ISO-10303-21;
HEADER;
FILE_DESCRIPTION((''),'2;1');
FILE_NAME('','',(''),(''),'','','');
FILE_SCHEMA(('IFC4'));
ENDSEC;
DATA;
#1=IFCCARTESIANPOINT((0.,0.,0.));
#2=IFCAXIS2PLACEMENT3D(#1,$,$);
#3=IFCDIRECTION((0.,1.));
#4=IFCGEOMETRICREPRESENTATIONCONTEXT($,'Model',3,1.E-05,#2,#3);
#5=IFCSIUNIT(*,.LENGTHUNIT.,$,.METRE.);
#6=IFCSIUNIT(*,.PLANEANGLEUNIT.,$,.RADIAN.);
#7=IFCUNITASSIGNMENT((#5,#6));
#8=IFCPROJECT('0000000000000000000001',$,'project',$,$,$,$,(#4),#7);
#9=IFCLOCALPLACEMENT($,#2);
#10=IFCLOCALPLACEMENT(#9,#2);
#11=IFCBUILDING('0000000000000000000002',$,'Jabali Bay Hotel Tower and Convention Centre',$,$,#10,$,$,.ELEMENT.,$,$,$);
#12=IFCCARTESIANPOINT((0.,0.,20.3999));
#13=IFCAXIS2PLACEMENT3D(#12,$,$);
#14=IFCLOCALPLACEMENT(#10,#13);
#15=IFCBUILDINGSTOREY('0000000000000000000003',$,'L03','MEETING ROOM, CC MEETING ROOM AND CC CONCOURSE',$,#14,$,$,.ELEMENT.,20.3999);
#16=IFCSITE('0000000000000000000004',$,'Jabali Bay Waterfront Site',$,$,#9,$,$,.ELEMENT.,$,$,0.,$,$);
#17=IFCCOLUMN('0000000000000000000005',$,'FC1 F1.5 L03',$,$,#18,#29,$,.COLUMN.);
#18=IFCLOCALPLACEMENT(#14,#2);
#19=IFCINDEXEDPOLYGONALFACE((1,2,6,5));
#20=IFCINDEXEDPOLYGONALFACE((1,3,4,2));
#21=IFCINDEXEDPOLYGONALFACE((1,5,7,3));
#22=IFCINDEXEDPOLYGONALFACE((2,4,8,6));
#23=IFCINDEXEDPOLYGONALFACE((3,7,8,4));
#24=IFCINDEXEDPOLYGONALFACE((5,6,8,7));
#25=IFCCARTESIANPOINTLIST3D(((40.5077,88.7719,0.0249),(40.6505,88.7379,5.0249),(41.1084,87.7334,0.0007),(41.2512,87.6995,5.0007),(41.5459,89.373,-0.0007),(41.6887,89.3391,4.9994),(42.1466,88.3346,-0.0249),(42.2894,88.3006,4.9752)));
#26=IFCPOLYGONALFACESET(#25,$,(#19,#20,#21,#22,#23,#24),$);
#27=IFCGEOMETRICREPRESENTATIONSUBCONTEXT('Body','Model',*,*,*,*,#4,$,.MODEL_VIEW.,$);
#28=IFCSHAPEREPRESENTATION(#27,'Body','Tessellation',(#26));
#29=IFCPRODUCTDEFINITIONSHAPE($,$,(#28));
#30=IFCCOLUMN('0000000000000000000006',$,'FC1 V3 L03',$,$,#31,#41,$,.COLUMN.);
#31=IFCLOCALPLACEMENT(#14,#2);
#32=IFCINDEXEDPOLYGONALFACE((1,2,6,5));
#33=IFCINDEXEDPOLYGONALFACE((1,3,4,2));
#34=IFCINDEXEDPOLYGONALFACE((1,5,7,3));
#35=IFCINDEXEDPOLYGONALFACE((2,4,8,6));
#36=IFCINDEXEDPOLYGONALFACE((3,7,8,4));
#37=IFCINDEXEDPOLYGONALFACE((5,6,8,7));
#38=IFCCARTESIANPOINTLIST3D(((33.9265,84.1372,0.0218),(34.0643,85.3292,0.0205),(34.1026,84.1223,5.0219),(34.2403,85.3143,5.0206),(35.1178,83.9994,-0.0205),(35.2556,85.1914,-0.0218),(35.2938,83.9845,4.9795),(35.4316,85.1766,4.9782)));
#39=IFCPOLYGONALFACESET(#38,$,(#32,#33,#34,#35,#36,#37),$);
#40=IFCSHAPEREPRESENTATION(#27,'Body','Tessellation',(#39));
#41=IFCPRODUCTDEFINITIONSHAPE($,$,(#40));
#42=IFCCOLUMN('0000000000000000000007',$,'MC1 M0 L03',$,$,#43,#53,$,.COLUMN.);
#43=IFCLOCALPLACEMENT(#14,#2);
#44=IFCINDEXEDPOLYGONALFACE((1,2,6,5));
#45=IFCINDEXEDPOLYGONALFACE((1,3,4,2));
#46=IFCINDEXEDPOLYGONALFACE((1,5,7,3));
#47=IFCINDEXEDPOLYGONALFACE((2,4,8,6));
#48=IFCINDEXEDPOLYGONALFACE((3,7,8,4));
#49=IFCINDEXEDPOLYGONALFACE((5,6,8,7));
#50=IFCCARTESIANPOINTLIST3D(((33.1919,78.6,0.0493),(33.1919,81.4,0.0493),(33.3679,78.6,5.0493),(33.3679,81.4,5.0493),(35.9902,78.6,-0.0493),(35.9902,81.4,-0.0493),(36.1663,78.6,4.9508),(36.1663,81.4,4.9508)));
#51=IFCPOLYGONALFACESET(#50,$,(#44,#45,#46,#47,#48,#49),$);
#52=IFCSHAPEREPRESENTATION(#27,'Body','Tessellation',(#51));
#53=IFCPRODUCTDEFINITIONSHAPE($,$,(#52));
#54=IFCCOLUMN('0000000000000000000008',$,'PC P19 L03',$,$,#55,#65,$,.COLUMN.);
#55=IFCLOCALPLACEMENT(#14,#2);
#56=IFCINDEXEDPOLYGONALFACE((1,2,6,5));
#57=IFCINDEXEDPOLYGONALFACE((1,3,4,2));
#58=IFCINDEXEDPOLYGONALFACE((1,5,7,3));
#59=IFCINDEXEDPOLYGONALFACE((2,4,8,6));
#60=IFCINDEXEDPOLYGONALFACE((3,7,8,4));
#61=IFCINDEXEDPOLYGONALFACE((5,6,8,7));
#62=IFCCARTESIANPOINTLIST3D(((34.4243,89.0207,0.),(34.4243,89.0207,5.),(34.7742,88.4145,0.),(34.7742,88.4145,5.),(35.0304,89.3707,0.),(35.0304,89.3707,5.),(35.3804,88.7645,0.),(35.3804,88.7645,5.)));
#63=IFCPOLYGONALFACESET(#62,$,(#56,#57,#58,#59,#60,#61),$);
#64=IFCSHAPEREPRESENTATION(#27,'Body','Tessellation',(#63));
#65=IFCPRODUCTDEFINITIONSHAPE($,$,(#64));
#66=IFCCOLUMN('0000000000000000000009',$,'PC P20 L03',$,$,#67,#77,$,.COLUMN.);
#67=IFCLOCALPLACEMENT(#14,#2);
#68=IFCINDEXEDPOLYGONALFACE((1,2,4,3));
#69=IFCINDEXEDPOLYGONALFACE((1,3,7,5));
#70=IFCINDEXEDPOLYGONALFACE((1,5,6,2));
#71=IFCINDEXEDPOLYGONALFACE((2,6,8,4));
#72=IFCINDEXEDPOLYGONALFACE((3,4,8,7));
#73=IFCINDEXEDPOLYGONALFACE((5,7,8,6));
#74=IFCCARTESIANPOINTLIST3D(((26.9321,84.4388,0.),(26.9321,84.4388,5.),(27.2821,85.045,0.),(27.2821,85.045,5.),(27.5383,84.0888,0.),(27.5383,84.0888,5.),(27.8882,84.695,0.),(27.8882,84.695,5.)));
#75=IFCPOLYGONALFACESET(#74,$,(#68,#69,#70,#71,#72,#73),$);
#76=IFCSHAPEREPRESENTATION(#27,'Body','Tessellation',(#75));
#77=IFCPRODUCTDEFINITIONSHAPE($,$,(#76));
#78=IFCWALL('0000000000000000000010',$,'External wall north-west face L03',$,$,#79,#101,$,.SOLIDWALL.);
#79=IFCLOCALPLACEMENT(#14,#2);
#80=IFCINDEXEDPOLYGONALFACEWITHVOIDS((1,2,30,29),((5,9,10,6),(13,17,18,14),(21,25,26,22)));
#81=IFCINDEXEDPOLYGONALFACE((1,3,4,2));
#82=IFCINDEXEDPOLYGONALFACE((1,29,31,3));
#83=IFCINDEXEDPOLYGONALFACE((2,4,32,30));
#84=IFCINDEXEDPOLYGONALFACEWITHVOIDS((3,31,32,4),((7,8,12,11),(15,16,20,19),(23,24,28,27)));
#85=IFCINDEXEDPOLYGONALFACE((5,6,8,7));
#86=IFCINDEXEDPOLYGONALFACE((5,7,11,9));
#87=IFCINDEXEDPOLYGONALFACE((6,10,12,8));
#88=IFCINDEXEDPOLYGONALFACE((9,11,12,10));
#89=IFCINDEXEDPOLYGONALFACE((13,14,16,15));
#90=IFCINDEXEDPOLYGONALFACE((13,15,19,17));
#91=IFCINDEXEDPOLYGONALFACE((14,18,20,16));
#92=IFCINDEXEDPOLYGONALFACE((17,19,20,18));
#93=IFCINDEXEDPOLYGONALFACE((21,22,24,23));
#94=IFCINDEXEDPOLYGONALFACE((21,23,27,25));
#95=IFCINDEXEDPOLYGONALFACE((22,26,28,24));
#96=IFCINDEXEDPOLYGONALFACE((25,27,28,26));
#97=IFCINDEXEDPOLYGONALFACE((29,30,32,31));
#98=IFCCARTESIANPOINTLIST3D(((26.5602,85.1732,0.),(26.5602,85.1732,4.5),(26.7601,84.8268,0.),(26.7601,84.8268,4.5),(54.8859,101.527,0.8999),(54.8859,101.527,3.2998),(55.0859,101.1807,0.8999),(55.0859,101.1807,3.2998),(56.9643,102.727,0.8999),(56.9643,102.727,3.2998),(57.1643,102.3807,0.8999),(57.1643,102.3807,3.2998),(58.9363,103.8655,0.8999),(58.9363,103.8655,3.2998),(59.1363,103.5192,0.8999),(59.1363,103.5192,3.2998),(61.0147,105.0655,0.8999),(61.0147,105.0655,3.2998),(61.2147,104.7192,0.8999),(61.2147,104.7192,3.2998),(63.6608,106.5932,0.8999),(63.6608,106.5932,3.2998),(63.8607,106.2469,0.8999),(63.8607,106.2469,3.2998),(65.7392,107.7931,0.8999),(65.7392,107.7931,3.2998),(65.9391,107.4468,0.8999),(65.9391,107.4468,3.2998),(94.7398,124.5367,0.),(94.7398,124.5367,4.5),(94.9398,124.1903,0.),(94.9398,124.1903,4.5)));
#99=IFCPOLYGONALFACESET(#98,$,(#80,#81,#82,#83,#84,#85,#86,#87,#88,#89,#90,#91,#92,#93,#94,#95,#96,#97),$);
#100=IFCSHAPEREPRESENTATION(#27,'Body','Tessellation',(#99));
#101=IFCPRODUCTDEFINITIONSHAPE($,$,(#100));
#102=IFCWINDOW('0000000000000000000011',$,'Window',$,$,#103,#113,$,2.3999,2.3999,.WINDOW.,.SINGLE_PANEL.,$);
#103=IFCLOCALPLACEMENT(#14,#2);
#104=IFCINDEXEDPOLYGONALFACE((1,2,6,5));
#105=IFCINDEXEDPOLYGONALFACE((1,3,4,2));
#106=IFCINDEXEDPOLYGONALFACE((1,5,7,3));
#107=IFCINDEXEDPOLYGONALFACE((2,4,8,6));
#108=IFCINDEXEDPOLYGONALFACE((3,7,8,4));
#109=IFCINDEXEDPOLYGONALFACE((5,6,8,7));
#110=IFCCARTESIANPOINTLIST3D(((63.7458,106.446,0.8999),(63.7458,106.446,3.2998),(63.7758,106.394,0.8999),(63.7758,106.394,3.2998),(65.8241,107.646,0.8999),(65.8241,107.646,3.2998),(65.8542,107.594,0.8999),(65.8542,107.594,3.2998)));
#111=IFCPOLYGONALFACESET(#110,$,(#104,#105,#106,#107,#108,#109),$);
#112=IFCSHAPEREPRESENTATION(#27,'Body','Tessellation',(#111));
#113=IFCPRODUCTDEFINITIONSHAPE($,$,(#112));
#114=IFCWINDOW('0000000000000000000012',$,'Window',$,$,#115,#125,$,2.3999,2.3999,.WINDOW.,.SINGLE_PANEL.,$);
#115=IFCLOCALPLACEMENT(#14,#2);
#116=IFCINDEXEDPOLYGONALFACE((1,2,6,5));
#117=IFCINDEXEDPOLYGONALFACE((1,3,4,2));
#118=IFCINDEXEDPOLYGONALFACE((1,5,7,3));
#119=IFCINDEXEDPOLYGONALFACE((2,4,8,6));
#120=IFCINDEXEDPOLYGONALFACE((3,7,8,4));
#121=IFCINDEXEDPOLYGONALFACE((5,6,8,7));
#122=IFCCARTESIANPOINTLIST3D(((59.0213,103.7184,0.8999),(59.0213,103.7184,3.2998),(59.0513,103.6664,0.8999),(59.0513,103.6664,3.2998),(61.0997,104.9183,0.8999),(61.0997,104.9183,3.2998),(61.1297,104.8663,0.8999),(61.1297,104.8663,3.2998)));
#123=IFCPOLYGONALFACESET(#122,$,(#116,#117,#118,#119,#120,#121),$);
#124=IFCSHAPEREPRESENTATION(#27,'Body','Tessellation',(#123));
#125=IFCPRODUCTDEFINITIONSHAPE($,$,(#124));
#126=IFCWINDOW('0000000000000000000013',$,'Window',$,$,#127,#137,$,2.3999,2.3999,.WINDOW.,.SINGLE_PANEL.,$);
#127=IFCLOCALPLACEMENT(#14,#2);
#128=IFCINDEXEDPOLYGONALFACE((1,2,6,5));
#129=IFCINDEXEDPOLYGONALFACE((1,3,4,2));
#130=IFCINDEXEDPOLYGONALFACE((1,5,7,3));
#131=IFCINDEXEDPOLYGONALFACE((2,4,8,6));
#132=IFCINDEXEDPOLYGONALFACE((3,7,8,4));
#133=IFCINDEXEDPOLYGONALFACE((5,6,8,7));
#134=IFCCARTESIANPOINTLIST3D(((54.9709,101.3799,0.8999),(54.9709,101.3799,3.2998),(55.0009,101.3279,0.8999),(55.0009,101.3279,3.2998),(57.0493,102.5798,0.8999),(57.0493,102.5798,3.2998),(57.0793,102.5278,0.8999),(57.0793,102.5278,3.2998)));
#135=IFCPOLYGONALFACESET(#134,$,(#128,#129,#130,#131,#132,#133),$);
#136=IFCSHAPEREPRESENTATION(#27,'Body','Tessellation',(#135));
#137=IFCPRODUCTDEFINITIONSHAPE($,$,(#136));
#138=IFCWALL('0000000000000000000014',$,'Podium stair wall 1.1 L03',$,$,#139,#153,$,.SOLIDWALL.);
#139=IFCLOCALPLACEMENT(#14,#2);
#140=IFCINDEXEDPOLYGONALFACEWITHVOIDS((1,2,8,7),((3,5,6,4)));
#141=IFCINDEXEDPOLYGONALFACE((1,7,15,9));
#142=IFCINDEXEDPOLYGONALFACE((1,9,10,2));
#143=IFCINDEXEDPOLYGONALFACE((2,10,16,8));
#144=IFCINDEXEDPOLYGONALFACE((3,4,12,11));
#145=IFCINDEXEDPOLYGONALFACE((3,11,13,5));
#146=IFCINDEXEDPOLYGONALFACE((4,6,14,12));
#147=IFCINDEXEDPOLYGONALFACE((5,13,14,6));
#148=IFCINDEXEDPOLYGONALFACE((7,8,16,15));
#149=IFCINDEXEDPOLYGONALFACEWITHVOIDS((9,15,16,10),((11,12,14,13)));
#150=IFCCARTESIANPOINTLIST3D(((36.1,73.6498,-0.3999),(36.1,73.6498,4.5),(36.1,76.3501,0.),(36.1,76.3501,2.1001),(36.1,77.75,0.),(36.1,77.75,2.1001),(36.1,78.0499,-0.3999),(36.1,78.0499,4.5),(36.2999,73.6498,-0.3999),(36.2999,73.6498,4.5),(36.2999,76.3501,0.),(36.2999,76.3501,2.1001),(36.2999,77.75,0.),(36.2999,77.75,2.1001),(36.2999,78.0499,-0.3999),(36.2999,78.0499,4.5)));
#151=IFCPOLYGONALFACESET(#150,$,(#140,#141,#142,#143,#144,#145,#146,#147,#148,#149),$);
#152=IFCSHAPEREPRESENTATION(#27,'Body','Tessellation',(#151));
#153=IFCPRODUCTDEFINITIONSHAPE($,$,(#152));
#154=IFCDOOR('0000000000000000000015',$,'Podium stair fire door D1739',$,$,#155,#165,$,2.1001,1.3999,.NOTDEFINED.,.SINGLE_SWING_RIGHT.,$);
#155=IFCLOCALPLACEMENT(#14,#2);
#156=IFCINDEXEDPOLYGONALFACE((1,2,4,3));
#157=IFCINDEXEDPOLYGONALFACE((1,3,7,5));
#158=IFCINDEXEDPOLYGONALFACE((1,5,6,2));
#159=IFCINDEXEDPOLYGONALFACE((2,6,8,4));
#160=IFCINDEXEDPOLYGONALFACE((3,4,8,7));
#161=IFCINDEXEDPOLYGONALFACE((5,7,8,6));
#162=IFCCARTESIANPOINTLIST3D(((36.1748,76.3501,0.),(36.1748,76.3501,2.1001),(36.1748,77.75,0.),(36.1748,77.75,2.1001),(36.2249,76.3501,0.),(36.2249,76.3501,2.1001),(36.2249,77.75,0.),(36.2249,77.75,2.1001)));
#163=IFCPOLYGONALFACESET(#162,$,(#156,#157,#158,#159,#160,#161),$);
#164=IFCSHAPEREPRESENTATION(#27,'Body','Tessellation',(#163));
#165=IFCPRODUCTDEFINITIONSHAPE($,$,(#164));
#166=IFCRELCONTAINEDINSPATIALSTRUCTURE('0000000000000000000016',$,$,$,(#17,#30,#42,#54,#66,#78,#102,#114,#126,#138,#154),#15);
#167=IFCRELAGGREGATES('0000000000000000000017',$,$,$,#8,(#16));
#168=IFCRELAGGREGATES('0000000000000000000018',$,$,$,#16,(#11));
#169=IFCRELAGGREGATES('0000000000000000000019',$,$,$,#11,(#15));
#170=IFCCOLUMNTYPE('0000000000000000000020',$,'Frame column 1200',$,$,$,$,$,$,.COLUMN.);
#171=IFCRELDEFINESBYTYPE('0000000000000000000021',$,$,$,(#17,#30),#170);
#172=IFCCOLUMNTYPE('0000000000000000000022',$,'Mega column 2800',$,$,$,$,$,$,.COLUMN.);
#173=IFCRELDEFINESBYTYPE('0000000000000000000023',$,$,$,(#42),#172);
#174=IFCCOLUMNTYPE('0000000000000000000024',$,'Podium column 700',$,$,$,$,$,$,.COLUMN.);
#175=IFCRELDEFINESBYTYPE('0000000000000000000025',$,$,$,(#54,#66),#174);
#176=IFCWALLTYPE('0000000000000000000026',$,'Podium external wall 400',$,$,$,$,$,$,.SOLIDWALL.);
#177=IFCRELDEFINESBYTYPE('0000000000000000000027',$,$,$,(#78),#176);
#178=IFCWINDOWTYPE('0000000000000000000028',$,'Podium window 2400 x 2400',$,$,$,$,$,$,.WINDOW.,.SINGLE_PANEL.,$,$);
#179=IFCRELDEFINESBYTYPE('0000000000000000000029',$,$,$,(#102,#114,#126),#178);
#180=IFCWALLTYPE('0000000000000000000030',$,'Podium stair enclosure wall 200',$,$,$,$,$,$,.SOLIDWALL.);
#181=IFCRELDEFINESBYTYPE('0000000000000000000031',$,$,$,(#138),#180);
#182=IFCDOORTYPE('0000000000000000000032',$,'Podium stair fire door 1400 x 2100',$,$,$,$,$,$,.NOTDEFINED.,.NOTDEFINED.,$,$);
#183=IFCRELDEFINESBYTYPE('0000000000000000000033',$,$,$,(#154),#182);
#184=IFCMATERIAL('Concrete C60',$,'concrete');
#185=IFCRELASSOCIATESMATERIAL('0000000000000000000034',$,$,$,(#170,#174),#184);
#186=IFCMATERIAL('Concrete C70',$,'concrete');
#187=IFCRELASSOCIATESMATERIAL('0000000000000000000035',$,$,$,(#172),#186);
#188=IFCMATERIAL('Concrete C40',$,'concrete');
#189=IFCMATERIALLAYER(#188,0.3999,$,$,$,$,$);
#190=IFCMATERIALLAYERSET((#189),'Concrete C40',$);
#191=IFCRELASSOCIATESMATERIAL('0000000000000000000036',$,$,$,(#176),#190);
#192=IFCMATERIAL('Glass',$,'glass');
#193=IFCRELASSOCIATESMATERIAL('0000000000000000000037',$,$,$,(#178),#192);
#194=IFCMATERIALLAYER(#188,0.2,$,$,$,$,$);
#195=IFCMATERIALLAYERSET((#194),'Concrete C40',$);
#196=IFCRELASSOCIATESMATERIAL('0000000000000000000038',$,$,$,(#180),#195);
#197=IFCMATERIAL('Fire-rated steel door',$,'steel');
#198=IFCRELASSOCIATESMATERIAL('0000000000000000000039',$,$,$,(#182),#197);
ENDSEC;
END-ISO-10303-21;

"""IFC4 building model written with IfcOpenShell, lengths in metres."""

from ifc_helpers import new_model, si_unit, direction, frame, frame_2d, origin, origin_2d, place, context, subcontext, project, spatial, rectangle, extrude, material, layer, layer_set, material_profile, profile_set, type_object, element, fill, save


model = new_model("IFC4")

# Units and contexts
model_context = context("Model", 3, precision=1e-05, world=origin(), true_north=direction((0.0, 1.0)))
body_context = subcontext(model_context, "Body", "Model", "MODEL_VIEW")
ifc_project = project(units=[si_unit("LENGTHUNIT", "METRE"), si_unit("PLANEANGLEUNIT", "RADIAN")], contexts=[model_context])

# Site, building, storey
site_placement = place(None, origin())
site = spatial("IfcSite", under=ifc_project, at=site_placement, Name="Jabali Bay Waterfront Site", CompositionType="ELEMENT", RefElevation=0.0)
building_placement = place(site_placement, origin())
building = spatial("IfcBuilding", under=site, at=building_placement, Name="Jabali Bay Hotel Tower and Convention Centre", CompositionType="ELEMENT")
storey_placement = place(building_placement, frame((0.0, 0.0, 20.3999)))
storey = spatial("IfcBuildingStorey", under=building, at=storey_placement, Name="L03", Description="MEETING ROOM, CC MEETING ROOM AND CC CONCOURSE", CompositionType="ELEMENT", Elevation=20.3999)

# Columns
ifc_material_1 = material(Name="Concrete C60", Category="concrete")
ifc_material_profile_1 = material_profile(ifc_material_1, rectangle(XDim=1.2, YDim=1.2, at=origin_2d()), Name="Frame column 1200")
ifc_profile_set_1 = profile_set([ifc_material_profile_1], Name="Concrete C60")
column_type_1 = type_object("IfcColumnType", Name="Frame column 1200", PredefinedType="COLUMN", material=ifc_profile_set_1)
column_1_placement = place(storey_placement, frame((41.3271, 88.5532, 0.0), z_axis=(0.028552, -0.006784, 0.999569), x_axis=(-0.500626, 0.865429, 0.020174)))
element("IfcColumn", 1, at=column_1_placement, inside=storey, type_object=column_type_1, Name="FC1 F1.5 L03", PredefinedType="COLUMN", context=body_context, shape_type="SweptSolid", body=[
    extrude(rectangle(XDim=1.2, YDim=1.2, at=origin_2d()), origin(), (0.0, 0.0, 1.0), 5.0022),
])
column_2_placement = place(storey_placement, frame((34.5911, 84.6643, 0.0), z_axis=(0.035183, -0.002977, 0.999376), x_axis=(-0.992763, 0.114788, 0.035292)))
element("IfcColumn", 2, at=column_2_placement, inside=storey, type_object=column_type_1, Name="FC1 V3 L03", PredefinedType="COLUMN", context=body_context, shape_type="SweptSolid", body=[
    extrude(rectangle(XDim=1.2, YDim=1.2, at=origin_2d()), origin(), (0.0, 0.0, 1.0), 5.0032),
])
ifc_material_2 = material(Name="Concrete C70", Category="concrete")
ifc_material_profile_2 = material_profile(ifc_material_2, rectangle(XDim=2.8, YDim=2.8, at=origin_2d()), Name="Mega column 2800")
ifc_profile_set_2 = profile_set([ifc_material_profile_2], Name="Concrete C70")
column_type_2 = type_object("IfcColumnType", Name="Mega column 2800", PredefinedType="COLUMN", material=ifc_profile_set_2)
column_3_placement = place(storey_placement, frame((34.5911, 80.0, 0.0), z_axis=(0.035183, 0.0, 0.999381), x_axis=(0.0, 1.0, 0.0)))
element("IfcColumn", 3, at=column_3_placement, inside=storey, type_object=column_type_2, Name="MC1 M0 L03", PredefinedType="COLUMN", context=body_context, shape_type="SweptSolid", body=[
    extrude(rectangle(XDim=2.8, YDim=2.8, at=origin_2d()), origin(), (0.0, 0.0, 1.0), 5.0032),
])
ifc_material_profile_3 = material_profile(ifc_material_1, rectangle(XDim=0.7, YDim=0.7, at=origin_2d()), Name="Podium column 700")
ifc_profile_set_3 = profile_set([ifc_material_profile_3], Name="Concrete C60")
column_type_3 = type_object("IfcColumnType", Name="Podium column 700", PredefinedType="COLUMN", material=ifc_profile_set_3)
for number, where, z_axis, x_axis, name in (
    (4, (34.9023, 88.8926, 0.0), (0.0, 0.0, 1.0), (0.866025, 0.5, 0.0), "PC P19 L03"),
    (5, (27.4102, 84.5669, 0.0), (0.0, 0.0, 1.0), (0.5, 0.866025, 0.0), "PC P20 L03"),
):
    element("IfcColumn", number, at=place(storey_placement, frame(where, z_axis=z_axis, x_axis=x_axis)), inside=storey, type_object=column_type_3, Name=name, PredefinedType="COLUMN", context=body_context, shape_type="SweptSolid", body=[
        extrude(rectangle(XDim=0.7, YDim=0.7, at=origin_2d()), origin(), (0.0, 0.0, 1.0), 5.0),
    ])

# Wall, openings, windows
ifc_material_3 = material(Name="Concrete C40", Category="concrete")
ifc_layer_1 = layer(ifc_material_3, 0.3999)
ifc_layer_set_1 = layer_set([ifc_layer_1], Name="Concrete C40")
wall_type_1 = type_object("IfcWallType", Name="Podium external wall 400", PredefinedType="SOLIDWALL", material=ifc_layer_set_1)
wall_1_placement = place(storey_placement, frame((26.6602, 85.0, 0.0), z_axis=(0.0, 0.0, 1.0), x_axis=(0.866026, 0.5, 0.0)))
wall_1 = element("IfcWall", 6, at=wall_1_placement, inside=storey, type_object=wall_type_1, Name="External wall north-west face L03", PredefinedType="SOLIDWALL", context=body_context, shape_type="SweptSolid", body=[
    extrude(rectangle(XDim=78.7271, YDim=0.3999, at=frame_2d((39.3635, 0.0))), origin(), (0.0, 0.0, 1.0), 4.5),
])
opening_1_placement = place(wall_1_placement, frame((42.8401, 0.0, 0.8999)))
opening_1 = element("IfcOpeningElement", 7, at=opening_1_placement, cuts=wall_1, PredefinedType="OPENING", context=body_context, shape_type="SweptSolid", body=[
    extrude(rectangle(XDim=2.3999, YDim=2.3999, at=frame_2d((1.2, 1.2))), frame((0.0, 0.2104, 0.0), z_axis=(0.0, -1.0, 0.0), x_axis=(1.0, 0.0, 0.0)), (0.0, 0.0, 1.0), 0.4209),
])
opening_2_placement = place(wall_1_placement, frame((37.3848, 0.0, 0.8999)))
opening_2 = element("IfcOpeningElement", 8, at=opening_2_placement, cuts=wall_1, PredefinedType="OPENING", context=body_context, shape_type="SweptSolid", body=[
    extrude(rectangle(XDim=2.3999, YDim=2.3999, at=frame_2d((1.2, 1.2))), frame((0.0, 0.2104, 0.0), z_axis=(0.0, -1.0, 0.0), x_axis=(1.0, 0.0, 0.0)), (0.0, 0.0, 1.0), 0.4209),
])
opening_3_placement = place(wall_1_placement, frame((32.7078, 0.0, 0.8999)))
opening_3 = element("IfcOpeningElement", 9, at=opening_3_placement, cuts=wall_1, PredefinedType="OPENING", context=body_context, shape_type="SweptSolid", body=[
    extrude(rectangle(XDim=2.3999, YDim=2.3999, at=frame_2d((1.2, 1.2))), frame((0.0, 0.2104, 0.0), z_axis=(0.0, -1.0, 0.0), x_axis=(1.0, 0.0, 0.0)), (0.0, 0.0, 1.0), 0.4209),
])
ifc_material_4 = material(Name="Glass", Category="glass")
window_type = type_object("IfcWindowType", Name="Podium window 2400 x 2400", PartitioningType="SINGLE_PANEL", PredefinedType="WINDOW", material=ifc_material_4)
window_1_placement = place(opening_1_placement, origin())
window_1 = element("IfcWindow", 10, at=window_1_placement, inside=storey, type_object=window_type, Name="Window", OverallHeight=2.3999, OverallWidth=2.3999, PartitioningType="SINGLE_PANEL", PredefinedType="WINDOW", context=body_context, shape_type="SweptSolid", body=[
    extrude(rectangle(XDim=2.3999, YDim=2.3999, at=frame_2d((1.2, 1.2))), frame((0.0, 0.03, 0.0), z_axis=(0.0, -1.0, 0.0), x_axis=(1.0, 0.0, 0.0)), (0.0, 0.0, 1.0), 0.0601),
])
fill(opening_1, window_1)
window_2_placement = place(opening_2_placement, origin())
window_2 = element("IfcWindow", 11, at=window_2_placement, inside=storey, type_object=window_type, Name="Window", OverallHeight=2.3999, OverallWidth=2.3999, PartitioningType="SINGLE_PANEL", PredefinedType="WINDOW", context=body_context, shape_type="SweptSolid", body=[
    extrude(rectangle(XDim=2.3999, YDim=2.3999, at=frame_2d((1.2, 1.2))), frame((0.0, 0.03, 0.0), z_axis=(0.0, -1.0, 0.0), x_axis=(1.0, 0.0, 0.0)), (0.0, 0.0, 1.0), 0.0601),
])
fill(opening_2, window_2)
window_3_placement = place(opening_3_placement, origin())
window_3 = element("IfcWindow", 12, at=window_3_placement, inside=storey, type_object=window_type, Name="Window", OverallHeight=2.3999, OverallWidth=2.3999, PartitioningType="SINGLE_PANEL", PredefinedType="WINDOW", context=body_context, shape_type="SweptSolid", body=[
    extrude(rectangle(XDim=2.3999, YDim=2.3999, at=frame_2d((1.2, 1.2))), frame((0.0, 0.03, 0.0), z_axis=(0.0, -1.0, 0.0), x_axis=(1.0, 0.0, 0.0)), (0.0, 0.0, 1.0), 0.0601),
])
fill(opening_3, window_3)

# Wall, opening, door
ifc_layer_2 = layer(ifc_material_3, 0.2)
ifc_layer_set_2 = layer_set([ifc_layer_2], Name="Concrete C40")
wall_type_2 = type_object("IfcWallType", Name="Podium stair enclosure wall 200", PredefinedType="SOLIDWALL", material=ifc_layer_set_2)
wall_2_placement = place(storey_placement, frame((36.2, 78.05, -0.3999), z_axis=(0.0, 0.0, 1.0), x_axis=(0.0, -1.0, 0.0)))
wall_2 = element("IfcWall", 13, at=wall_2_placement, inside=storey, type_object=wall_type_2, Name="Podium stair wall 1.1 L03", PredefinedType="SOLIDWALL", context=body_context, shape_type="SweptSolid", body=[
    extrude(rectangle(XDim=4.4001, YDim=0.2, at=frame_2d((2.2002, 0.0))), origin(), (0.0, 0.0, 1.0), 4.8999),
])
opening_4_placement = place(wall_2_placement, frame((0.3, 0.0, 0.3999)))
opening_4 = element("IfcOpeningElement", 14, at=opening_4_placement, cuts=wall_2, PredefinedType="OPENING", context=body_context, shape_type="SweptSolid", body=[
    extrude(rectangle(XDim=1.3999, YDim=2.1001, at=frame_2d((0.7, 1.05))), frame((0.0, 0.1104, 0.0), z_axis=(0.0, -1.0, 0.0), x_axis=(1.0, 0.0, 0.0)), (0.0, 0.0, 1.0), 0.2209),
])
ifc_material_5 = material(Name="Fire-rated steel door", Category="steel")
door_type = type_object("IfcDoorType", Name="Podium stair fire door 1400 x 2100", OperationType="NOTDEFINED", PredefinedType="NOTDEFINED", material=ifc_material_5)
door_1_placement = place(opening_4_placement, origin())
door_1 = element("IfcDoor", 15, at=door_1_placement, inside=storey, type_object=door_type, Name="Podium stair fire door D1739", OperationType="SINGLE_SWING_RIGHT", OverallHeight=2.1001, OverallWidth=1.3999, PredefinedType="NOTDEFINED", context=body_context, shape_type="SweptSolid", body=[
    extrude(rectangle(XDim=1.3999, YDim=2.1001, at=frame_2d((0.7, 1.05))), frame((0.0, 0.0249, 0.0), z_axis=(0.0, -1.0, 0.0), x_axis=(1.0, 0.0, 0.0)), (0.0, 0.0, 1.0), 0.05),
])
fill(opening_4, door_1)

save(model, "model.ifc")
